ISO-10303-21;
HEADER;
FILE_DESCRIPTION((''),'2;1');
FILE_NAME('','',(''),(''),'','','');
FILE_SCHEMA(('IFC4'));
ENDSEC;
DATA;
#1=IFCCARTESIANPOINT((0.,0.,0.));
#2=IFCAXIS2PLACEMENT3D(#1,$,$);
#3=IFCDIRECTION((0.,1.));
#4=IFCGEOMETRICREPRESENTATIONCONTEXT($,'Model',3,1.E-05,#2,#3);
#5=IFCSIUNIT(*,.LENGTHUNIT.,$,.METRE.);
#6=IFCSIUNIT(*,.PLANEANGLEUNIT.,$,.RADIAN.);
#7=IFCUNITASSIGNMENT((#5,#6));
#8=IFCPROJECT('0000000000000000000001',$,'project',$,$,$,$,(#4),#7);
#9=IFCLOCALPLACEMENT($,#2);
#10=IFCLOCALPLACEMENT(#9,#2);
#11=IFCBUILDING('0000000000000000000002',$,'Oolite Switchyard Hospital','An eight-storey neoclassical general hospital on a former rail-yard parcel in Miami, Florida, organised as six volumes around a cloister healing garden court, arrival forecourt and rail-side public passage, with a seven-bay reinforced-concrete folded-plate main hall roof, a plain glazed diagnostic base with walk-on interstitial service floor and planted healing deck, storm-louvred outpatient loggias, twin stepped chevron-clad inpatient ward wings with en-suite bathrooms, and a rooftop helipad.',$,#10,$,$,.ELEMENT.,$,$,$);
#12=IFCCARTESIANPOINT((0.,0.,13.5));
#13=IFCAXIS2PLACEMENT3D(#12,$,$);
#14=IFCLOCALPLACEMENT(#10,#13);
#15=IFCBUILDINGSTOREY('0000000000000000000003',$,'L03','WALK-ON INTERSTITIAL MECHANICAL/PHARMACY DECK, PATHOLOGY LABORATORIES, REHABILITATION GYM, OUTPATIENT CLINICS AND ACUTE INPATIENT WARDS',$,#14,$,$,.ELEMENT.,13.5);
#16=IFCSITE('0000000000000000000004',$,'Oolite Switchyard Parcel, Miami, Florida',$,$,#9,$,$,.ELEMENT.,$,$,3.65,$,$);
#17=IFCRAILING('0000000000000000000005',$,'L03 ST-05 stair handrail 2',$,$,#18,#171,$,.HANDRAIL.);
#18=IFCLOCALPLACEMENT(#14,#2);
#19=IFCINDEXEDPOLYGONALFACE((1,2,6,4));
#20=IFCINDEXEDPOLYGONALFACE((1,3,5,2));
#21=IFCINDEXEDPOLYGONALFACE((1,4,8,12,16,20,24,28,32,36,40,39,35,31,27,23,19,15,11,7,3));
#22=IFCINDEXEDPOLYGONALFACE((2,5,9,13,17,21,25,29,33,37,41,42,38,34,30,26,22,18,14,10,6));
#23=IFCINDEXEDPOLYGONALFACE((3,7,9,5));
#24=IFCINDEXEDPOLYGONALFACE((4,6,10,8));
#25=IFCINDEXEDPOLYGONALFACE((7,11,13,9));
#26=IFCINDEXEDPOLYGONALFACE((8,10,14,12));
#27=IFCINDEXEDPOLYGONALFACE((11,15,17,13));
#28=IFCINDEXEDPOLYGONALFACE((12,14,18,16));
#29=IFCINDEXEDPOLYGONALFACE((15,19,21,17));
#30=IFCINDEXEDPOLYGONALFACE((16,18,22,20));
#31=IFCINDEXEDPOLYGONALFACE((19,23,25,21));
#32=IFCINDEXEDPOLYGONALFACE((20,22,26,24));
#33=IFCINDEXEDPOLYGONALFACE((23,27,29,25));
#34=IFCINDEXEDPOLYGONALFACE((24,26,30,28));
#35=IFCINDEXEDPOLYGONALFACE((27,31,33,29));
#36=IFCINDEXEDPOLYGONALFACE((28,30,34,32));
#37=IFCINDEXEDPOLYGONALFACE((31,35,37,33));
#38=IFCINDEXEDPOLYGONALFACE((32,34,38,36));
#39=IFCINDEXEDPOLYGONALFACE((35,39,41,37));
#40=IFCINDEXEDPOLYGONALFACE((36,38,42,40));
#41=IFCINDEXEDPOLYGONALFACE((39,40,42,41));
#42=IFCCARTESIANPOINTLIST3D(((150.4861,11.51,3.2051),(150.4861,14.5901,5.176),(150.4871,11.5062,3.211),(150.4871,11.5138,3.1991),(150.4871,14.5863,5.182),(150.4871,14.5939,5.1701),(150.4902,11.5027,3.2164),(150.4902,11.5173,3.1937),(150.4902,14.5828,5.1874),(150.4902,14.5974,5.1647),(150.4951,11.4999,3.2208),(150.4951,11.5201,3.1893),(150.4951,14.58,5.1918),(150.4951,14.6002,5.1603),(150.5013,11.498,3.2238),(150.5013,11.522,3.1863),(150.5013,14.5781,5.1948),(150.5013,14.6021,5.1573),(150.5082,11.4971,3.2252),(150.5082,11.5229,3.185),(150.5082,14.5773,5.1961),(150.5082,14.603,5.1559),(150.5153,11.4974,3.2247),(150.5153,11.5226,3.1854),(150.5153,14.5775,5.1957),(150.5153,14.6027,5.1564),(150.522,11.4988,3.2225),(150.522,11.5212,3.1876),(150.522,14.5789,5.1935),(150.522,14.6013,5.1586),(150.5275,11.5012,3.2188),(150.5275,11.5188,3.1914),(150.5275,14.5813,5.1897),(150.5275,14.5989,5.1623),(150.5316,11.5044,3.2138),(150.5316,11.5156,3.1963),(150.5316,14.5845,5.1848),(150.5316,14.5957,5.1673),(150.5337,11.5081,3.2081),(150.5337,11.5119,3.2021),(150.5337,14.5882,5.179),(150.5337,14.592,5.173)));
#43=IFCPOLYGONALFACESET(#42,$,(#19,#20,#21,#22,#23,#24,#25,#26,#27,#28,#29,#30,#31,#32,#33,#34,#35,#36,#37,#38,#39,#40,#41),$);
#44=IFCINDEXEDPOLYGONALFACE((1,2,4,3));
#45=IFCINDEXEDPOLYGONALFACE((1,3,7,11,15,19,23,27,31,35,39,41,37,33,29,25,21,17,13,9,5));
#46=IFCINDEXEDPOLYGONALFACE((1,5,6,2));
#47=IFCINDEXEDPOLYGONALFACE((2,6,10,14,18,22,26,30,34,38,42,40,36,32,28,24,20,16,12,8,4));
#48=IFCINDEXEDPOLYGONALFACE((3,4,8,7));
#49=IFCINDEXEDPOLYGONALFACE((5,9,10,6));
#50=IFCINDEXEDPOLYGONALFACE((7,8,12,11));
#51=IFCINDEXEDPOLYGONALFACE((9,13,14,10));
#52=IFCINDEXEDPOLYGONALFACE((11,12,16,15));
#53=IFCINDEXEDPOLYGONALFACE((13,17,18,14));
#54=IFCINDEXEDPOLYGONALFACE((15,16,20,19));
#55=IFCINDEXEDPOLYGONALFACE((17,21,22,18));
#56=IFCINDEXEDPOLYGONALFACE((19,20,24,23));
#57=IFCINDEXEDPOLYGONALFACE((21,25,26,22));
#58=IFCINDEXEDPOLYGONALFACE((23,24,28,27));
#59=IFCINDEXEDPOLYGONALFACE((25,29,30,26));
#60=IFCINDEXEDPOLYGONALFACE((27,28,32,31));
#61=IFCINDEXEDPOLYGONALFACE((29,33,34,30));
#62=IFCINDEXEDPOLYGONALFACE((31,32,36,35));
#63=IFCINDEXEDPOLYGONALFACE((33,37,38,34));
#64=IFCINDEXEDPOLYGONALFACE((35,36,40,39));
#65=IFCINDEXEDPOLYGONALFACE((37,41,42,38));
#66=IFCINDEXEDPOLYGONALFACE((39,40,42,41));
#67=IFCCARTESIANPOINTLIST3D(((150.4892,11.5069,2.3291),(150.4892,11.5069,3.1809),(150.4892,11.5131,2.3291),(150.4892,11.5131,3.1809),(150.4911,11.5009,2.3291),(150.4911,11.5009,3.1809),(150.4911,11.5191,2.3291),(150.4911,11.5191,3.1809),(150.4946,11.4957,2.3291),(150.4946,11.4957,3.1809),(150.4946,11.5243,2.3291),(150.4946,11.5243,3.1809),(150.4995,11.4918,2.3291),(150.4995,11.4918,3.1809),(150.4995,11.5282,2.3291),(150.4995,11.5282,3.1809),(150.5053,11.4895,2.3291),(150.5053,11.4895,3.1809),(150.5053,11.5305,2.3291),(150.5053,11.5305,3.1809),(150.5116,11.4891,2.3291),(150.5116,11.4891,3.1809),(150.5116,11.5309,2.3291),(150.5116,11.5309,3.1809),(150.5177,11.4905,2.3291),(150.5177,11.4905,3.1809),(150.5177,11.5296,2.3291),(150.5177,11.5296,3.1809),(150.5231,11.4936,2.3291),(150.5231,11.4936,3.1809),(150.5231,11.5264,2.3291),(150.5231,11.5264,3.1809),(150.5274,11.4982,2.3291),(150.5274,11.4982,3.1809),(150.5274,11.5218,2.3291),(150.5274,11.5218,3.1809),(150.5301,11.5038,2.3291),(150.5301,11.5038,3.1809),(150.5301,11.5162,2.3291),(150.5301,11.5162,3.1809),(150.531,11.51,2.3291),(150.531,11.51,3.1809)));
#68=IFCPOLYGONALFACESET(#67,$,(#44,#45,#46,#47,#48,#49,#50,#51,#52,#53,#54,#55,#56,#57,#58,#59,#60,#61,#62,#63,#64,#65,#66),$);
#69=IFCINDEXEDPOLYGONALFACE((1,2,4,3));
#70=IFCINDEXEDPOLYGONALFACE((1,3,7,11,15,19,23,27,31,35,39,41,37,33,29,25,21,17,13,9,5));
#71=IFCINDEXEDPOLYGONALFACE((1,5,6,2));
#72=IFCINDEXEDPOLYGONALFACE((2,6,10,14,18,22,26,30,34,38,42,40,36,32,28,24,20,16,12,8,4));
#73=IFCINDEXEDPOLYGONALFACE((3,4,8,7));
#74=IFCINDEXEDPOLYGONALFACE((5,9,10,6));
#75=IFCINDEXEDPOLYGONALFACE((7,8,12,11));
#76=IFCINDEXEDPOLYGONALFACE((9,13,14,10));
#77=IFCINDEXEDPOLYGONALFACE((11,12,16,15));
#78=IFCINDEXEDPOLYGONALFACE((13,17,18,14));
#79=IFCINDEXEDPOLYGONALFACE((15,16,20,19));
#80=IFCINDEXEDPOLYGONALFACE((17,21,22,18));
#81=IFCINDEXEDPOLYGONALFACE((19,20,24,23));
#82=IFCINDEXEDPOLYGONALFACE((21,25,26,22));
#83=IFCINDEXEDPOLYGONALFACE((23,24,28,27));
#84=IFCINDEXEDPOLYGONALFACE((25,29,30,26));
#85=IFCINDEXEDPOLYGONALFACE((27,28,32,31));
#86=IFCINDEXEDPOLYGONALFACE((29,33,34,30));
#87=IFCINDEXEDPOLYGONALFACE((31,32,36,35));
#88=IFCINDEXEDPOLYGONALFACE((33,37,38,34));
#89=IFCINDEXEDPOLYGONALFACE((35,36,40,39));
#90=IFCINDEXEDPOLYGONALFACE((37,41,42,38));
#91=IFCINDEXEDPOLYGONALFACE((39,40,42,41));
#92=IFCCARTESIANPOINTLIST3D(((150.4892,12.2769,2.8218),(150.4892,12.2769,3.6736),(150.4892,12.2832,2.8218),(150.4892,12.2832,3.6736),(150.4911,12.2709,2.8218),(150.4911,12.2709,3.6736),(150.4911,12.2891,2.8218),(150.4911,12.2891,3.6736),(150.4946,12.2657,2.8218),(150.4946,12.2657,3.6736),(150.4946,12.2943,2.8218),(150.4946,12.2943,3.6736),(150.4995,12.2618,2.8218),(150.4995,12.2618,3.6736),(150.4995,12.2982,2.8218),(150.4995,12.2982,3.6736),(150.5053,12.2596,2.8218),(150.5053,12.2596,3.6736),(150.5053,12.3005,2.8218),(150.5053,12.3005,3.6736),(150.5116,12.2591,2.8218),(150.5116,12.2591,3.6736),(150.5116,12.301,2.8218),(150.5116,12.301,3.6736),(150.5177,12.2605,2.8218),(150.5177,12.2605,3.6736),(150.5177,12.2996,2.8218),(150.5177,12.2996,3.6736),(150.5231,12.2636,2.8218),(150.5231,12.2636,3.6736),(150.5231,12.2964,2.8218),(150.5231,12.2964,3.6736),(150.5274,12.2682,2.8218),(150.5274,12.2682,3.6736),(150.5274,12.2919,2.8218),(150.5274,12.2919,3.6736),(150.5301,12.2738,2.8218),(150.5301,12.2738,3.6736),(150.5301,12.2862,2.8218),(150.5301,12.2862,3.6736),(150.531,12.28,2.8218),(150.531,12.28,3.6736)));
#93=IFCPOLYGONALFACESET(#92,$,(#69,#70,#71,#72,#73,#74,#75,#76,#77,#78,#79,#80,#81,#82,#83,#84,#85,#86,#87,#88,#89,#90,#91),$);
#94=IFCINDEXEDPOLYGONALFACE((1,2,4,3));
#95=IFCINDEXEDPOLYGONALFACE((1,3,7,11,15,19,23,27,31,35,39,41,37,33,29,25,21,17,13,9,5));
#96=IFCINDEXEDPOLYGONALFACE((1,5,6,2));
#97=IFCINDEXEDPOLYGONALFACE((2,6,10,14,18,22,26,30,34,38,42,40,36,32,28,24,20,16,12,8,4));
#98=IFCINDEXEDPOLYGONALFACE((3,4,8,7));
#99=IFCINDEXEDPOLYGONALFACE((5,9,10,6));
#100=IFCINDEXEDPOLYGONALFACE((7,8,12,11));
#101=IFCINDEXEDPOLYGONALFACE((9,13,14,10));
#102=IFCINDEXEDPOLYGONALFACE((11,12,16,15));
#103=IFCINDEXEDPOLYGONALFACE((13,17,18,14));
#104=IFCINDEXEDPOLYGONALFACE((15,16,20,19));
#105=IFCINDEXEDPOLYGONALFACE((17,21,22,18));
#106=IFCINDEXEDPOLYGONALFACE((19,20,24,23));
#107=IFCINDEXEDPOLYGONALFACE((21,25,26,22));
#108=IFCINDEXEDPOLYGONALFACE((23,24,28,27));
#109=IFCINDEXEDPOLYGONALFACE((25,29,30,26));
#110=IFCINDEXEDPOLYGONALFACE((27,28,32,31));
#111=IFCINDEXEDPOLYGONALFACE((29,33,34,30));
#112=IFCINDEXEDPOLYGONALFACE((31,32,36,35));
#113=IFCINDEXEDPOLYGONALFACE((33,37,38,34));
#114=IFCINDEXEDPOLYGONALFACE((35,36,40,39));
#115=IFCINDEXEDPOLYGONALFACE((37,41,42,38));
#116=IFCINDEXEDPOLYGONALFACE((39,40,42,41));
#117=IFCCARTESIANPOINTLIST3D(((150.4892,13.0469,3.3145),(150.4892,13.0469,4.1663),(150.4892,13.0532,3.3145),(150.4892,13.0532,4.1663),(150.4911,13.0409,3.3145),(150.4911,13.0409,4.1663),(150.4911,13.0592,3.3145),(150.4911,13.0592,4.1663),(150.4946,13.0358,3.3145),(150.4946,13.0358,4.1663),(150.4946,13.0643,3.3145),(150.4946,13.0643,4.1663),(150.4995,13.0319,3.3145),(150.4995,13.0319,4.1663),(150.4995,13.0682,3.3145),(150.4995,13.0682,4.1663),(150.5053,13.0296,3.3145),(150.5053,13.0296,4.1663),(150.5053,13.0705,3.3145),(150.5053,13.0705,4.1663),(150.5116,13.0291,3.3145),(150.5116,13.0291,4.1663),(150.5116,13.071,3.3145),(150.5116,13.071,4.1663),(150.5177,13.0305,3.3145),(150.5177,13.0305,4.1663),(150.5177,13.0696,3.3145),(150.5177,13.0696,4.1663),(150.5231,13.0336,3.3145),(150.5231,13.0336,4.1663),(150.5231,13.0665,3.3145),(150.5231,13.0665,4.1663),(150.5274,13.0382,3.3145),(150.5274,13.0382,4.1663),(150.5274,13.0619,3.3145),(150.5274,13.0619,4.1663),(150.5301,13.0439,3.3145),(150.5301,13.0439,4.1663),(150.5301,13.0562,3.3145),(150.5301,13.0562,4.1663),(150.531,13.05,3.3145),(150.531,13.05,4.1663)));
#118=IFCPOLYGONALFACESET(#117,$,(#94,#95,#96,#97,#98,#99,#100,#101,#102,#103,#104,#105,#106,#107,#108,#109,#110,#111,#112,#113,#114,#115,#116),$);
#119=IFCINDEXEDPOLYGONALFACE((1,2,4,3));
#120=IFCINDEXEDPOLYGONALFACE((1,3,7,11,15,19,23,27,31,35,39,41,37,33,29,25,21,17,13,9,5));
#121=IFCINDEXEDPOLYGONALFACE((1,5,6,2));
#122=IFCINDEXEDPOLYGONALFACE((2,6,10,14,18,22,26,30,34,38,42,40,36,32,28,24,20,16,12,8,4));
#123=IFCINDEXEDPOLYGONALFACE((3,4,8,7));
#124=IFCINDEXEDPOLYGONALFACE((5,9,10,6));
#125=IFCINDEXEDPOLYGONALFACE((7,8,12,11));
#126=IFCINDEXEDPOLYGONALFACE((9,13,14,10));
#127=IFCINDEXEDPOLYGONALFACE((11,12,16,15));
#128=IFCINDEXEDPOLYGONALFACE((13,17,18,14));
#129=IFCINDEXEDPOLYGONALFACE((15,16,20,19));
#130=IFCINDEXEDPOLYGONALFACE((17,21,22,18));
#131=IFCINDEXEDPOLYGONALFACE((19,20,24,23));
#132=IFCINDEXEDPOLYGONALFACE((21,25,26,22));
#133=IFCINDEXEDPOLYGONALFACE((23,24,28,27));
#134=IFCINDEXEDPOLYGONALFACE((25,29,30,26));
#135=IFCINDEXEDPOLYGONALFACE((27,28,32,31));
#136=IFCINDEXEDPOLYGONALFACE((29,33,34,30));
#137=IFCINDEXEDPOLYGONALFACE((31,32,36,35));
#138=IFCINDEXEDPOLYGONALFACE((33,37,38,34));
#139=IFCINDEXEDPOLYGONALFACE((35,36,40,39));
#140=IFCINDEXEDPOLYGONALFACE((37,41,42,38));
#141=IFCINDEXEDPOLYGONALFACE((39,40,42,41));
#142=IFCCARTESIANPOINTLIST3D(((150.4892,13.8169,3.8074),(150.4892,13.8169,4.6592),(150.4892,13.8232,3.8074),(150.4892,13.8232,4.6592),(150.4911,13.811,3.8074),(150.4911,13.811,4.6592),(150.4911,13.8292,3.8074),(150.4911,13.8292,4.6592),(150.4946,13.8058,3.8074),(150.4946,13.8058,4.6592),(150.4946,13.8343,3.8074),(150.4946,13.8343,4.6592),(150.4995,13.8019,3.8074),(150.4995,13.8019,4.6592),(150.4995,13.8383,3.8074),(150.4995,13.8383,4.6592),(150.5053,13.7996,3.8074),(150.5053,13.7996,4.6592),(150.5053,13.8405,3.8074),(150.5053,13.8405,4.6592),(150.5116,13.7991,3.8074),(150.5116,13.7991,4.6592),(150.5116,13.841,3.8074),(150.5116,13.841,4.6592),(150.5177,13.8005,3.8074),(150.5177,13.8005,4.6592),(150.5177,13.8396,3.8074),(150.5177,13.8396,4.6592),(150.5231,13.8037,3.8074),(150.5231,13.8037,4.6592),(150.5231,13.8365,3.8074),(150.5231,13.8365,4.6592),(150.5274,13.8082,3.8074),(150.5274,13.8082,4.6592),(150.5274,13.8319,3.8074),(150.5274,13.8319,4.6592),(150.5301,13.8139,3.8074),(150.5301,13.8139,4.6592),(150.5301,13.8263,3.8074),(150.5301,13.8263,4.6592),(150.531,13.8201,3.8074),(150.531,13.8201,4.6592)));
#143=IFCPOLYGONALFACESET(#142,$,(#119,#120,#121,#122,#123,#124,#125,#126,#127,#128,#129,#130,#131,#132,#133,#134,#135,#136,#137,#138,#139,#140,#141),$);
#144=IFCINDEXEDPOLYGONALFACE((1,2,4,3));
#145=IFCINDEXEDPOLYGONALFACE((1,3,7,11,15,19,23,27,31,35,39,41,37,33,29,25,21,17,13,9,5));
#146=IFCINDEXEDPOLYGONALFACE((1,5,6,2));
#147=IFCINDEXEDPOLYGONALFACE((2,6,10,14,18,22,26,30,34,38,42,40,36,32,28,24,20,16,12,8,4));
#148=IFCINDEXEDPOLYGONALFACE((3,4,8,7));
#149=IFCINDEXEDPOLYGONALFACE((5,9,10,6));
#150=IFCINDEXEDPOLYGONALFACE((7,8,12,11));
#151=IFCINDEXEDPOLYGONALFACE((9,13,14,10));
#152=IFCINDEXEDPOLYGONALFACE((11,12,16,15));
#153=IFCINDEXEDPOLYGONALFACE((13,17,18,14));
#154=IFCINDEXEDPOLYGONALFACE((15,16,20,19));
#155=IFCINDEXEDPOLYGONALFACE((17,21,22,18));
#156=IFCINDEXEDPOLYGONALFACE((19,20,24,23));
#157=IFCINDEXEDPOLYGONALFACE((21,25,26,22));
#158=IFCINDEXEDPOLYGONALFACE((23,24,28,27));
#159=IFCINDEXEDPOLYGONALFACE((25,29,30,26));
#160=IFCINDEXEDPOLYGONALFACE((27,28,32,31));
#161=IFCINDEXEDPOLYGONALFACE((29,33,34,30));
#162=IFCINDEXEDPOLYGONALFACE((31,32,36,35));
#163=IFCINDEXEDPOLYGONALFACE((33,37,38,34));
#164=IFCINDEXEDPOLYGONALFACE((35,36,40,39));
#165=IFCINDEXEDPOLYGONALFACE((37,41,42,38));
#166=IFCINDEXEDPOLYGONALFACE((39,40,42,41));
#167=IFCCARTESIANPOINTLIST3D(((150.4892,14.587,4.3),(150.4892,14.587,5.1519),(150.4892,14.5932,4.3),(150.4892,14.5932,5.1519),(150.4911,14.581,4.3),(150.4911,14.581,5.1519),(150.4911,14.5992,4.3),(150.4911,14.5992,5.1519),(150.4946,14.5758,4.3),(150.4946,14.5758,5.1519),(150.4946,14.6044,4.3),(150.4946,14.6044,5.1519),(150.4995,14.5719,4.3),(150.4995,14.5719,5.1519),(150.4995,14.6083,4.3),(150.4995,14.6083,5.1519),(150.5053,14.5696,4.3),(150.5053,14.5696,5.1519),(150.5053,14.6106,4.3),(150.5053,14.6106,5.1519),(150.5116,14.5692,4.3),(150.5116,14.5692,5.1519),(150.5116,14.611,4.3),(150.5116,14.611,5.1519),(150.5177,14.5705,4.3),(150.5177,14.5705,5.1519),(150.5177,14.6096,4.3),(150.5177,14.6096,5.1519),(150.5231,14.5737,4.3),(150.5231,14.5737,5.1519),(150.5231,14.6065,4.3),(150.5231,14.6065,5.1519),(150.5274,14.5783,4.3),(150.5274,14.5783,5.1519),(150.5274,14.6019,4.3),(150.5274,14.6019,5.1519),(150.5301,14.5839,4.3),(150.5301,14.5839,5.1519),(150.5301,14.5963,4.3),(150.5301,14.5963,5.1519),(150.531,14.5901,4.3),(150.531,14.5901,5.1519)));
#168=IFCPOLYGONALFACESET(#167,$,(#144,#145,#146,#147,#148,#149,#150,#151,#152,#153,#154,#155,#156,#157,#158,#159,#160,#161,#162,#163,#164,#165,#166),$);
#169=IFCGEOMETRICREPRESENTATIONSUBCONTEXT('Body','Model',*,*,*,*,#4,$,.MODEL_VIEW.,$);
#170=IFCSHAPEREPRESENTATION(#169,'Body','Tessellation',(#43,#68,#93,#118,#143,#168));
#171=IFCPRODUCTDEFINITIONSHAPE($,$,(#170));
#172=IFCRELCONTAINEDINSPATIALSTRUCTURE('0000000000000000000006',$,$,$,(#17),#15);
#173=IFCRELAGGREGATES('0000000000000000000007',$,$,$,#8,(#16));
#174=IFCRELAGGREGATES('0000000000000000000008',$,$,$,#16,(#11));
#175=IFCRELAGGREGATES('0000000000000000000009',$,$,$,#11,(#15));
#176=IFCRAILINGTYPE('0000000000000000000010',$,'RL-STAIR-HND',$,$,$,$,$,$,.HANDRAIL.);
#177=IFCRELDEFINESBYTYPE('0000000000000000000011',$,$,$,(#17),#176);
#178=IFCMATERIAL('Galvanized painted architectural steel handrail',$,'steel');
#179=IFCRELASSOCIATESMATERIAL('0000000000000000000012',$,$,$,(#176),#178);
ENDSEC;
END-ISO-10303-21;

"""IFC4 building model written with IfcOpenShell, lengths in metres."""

from ifc_helpers import new_model, si_unit, direction, frame, origin, origin_2d, place, context, subcontext, project, spatial, circle, extrude, material, type_object, element, save


model = new_model("IFC4")

# Units and contexts
model_context = context("Model", 3, precision=1e-05, world=origin(), true_north=direction((0.0, 1.0)))
body_context = subcontext(model_context, "Body", "Model", "MODEL_VIEW")
ifc_project = project(units=[si_unit("LENGTHUNIT", "METRE"), si_unit("PLANEANGLEUNIT", "RADIAN")], contexts=[model_context])

# Site, building, storey
site_placement = place(None, origin())
site = spatial("IfcSite", under=ifc_project, at=site_placement, Name="Oolite Switchyard Parcel, Miami, Florida", CompositionType="ELEMENT", RefElevation=3.65)
building_placement = place(site_placement, origin())
building = spatial("IfcBuilding", under=site, at=building_placement, Name="Oolite Switchyard Hospital", Description="An eight-storey neoclassical general hospital on a former rail-yard parcel in Miami, Florida, organised as six volumes around a cloister healing garden court, arrival forecourt and rail-side public passage, with a seven-bay reinforced-concrete folded-plate main hall roof, a plain glazed diagnostic base with walk-on interstitial service floor and planted healing deck, storm-louvred outpatient loggias, twin stepped chevron-clad inpatient ward wings with en-suite bathrooms, and a rooftop helipad.", CompositionType="ELEMENT")
storey_placement = place(building_placement, frame((0.0, 0.0, 13.5)))
storey = spatial("IfcBuildingStorey", under=building, at=storey_placement, Name="L03", Description="WALK-ON INTERSTITIAL MECHANICAL/PHARMACY DECK, PATHOLOGY LABORATORIES, REHABILITATION GYM, OUTPATIENT CLINICS AND ACUTE INPATIENT WARDS", CompositionType="ELEMENT", Elevation=13.5)

# Railing
ifc_material_1 = material(Name="Galvanized painted architectural steel handrail", Category="steel")
railing_type_1 = type_object("IfcRailingType", Name="RL-STAIR-HND", PredefinedType="HANDRAIL", material=ifc_material_1)
railing_1_placement = place(storey_placement, frame((150.51, 11.51, 2.3291)))
element("IfcRailing", 1, at=railing_1_placement, inside=storey, type_object=railing_type_1, Name="L03 ST-05 stair handrail 2", PredefinedType="HANDRAIL", context=body_context, shape_type="SweptSolid", body=[
    extrude(circle(Radius=0.0239, at=origin_2d()), frame((0.0, 0.0, 0.876), z_axis=(0.0, 0.842309, 0.538995), x_axis=(-1.0, 0.0, 0.0)), (0.0, 0.0, 1.0), 3.6567),
    extrude(circle(Radius=0.021, at=origin_2d()), origin(), (0.0, 0.0, 1.0), 0.8518),
    extrude(circle(Radius=0.021, at=origin_2d()), frame((0.0, 0.77, 0.4927)), (0.0, 0.0, 1.0), 0.8518),
    extrude(circle(Radius=0.021, at=origin_2d()), frame((0.0, 1.54, 0.9854)), (0.0, 0.0, 1.0), 0.8518),
    extrude(circle(Radius=0.021, at=origin_2d()), frame((0.0, 2.3101, 1.4783)), (0.0, 0.0, 1.0), 0.8518),
    extrude(circle(Radius=0.021, at=origin_2d()), frame((0.0, 3.0801, 1.9709)), (0.0, 0.0, 1.0), 0.8518),
])

save(model, "model.ifc")
